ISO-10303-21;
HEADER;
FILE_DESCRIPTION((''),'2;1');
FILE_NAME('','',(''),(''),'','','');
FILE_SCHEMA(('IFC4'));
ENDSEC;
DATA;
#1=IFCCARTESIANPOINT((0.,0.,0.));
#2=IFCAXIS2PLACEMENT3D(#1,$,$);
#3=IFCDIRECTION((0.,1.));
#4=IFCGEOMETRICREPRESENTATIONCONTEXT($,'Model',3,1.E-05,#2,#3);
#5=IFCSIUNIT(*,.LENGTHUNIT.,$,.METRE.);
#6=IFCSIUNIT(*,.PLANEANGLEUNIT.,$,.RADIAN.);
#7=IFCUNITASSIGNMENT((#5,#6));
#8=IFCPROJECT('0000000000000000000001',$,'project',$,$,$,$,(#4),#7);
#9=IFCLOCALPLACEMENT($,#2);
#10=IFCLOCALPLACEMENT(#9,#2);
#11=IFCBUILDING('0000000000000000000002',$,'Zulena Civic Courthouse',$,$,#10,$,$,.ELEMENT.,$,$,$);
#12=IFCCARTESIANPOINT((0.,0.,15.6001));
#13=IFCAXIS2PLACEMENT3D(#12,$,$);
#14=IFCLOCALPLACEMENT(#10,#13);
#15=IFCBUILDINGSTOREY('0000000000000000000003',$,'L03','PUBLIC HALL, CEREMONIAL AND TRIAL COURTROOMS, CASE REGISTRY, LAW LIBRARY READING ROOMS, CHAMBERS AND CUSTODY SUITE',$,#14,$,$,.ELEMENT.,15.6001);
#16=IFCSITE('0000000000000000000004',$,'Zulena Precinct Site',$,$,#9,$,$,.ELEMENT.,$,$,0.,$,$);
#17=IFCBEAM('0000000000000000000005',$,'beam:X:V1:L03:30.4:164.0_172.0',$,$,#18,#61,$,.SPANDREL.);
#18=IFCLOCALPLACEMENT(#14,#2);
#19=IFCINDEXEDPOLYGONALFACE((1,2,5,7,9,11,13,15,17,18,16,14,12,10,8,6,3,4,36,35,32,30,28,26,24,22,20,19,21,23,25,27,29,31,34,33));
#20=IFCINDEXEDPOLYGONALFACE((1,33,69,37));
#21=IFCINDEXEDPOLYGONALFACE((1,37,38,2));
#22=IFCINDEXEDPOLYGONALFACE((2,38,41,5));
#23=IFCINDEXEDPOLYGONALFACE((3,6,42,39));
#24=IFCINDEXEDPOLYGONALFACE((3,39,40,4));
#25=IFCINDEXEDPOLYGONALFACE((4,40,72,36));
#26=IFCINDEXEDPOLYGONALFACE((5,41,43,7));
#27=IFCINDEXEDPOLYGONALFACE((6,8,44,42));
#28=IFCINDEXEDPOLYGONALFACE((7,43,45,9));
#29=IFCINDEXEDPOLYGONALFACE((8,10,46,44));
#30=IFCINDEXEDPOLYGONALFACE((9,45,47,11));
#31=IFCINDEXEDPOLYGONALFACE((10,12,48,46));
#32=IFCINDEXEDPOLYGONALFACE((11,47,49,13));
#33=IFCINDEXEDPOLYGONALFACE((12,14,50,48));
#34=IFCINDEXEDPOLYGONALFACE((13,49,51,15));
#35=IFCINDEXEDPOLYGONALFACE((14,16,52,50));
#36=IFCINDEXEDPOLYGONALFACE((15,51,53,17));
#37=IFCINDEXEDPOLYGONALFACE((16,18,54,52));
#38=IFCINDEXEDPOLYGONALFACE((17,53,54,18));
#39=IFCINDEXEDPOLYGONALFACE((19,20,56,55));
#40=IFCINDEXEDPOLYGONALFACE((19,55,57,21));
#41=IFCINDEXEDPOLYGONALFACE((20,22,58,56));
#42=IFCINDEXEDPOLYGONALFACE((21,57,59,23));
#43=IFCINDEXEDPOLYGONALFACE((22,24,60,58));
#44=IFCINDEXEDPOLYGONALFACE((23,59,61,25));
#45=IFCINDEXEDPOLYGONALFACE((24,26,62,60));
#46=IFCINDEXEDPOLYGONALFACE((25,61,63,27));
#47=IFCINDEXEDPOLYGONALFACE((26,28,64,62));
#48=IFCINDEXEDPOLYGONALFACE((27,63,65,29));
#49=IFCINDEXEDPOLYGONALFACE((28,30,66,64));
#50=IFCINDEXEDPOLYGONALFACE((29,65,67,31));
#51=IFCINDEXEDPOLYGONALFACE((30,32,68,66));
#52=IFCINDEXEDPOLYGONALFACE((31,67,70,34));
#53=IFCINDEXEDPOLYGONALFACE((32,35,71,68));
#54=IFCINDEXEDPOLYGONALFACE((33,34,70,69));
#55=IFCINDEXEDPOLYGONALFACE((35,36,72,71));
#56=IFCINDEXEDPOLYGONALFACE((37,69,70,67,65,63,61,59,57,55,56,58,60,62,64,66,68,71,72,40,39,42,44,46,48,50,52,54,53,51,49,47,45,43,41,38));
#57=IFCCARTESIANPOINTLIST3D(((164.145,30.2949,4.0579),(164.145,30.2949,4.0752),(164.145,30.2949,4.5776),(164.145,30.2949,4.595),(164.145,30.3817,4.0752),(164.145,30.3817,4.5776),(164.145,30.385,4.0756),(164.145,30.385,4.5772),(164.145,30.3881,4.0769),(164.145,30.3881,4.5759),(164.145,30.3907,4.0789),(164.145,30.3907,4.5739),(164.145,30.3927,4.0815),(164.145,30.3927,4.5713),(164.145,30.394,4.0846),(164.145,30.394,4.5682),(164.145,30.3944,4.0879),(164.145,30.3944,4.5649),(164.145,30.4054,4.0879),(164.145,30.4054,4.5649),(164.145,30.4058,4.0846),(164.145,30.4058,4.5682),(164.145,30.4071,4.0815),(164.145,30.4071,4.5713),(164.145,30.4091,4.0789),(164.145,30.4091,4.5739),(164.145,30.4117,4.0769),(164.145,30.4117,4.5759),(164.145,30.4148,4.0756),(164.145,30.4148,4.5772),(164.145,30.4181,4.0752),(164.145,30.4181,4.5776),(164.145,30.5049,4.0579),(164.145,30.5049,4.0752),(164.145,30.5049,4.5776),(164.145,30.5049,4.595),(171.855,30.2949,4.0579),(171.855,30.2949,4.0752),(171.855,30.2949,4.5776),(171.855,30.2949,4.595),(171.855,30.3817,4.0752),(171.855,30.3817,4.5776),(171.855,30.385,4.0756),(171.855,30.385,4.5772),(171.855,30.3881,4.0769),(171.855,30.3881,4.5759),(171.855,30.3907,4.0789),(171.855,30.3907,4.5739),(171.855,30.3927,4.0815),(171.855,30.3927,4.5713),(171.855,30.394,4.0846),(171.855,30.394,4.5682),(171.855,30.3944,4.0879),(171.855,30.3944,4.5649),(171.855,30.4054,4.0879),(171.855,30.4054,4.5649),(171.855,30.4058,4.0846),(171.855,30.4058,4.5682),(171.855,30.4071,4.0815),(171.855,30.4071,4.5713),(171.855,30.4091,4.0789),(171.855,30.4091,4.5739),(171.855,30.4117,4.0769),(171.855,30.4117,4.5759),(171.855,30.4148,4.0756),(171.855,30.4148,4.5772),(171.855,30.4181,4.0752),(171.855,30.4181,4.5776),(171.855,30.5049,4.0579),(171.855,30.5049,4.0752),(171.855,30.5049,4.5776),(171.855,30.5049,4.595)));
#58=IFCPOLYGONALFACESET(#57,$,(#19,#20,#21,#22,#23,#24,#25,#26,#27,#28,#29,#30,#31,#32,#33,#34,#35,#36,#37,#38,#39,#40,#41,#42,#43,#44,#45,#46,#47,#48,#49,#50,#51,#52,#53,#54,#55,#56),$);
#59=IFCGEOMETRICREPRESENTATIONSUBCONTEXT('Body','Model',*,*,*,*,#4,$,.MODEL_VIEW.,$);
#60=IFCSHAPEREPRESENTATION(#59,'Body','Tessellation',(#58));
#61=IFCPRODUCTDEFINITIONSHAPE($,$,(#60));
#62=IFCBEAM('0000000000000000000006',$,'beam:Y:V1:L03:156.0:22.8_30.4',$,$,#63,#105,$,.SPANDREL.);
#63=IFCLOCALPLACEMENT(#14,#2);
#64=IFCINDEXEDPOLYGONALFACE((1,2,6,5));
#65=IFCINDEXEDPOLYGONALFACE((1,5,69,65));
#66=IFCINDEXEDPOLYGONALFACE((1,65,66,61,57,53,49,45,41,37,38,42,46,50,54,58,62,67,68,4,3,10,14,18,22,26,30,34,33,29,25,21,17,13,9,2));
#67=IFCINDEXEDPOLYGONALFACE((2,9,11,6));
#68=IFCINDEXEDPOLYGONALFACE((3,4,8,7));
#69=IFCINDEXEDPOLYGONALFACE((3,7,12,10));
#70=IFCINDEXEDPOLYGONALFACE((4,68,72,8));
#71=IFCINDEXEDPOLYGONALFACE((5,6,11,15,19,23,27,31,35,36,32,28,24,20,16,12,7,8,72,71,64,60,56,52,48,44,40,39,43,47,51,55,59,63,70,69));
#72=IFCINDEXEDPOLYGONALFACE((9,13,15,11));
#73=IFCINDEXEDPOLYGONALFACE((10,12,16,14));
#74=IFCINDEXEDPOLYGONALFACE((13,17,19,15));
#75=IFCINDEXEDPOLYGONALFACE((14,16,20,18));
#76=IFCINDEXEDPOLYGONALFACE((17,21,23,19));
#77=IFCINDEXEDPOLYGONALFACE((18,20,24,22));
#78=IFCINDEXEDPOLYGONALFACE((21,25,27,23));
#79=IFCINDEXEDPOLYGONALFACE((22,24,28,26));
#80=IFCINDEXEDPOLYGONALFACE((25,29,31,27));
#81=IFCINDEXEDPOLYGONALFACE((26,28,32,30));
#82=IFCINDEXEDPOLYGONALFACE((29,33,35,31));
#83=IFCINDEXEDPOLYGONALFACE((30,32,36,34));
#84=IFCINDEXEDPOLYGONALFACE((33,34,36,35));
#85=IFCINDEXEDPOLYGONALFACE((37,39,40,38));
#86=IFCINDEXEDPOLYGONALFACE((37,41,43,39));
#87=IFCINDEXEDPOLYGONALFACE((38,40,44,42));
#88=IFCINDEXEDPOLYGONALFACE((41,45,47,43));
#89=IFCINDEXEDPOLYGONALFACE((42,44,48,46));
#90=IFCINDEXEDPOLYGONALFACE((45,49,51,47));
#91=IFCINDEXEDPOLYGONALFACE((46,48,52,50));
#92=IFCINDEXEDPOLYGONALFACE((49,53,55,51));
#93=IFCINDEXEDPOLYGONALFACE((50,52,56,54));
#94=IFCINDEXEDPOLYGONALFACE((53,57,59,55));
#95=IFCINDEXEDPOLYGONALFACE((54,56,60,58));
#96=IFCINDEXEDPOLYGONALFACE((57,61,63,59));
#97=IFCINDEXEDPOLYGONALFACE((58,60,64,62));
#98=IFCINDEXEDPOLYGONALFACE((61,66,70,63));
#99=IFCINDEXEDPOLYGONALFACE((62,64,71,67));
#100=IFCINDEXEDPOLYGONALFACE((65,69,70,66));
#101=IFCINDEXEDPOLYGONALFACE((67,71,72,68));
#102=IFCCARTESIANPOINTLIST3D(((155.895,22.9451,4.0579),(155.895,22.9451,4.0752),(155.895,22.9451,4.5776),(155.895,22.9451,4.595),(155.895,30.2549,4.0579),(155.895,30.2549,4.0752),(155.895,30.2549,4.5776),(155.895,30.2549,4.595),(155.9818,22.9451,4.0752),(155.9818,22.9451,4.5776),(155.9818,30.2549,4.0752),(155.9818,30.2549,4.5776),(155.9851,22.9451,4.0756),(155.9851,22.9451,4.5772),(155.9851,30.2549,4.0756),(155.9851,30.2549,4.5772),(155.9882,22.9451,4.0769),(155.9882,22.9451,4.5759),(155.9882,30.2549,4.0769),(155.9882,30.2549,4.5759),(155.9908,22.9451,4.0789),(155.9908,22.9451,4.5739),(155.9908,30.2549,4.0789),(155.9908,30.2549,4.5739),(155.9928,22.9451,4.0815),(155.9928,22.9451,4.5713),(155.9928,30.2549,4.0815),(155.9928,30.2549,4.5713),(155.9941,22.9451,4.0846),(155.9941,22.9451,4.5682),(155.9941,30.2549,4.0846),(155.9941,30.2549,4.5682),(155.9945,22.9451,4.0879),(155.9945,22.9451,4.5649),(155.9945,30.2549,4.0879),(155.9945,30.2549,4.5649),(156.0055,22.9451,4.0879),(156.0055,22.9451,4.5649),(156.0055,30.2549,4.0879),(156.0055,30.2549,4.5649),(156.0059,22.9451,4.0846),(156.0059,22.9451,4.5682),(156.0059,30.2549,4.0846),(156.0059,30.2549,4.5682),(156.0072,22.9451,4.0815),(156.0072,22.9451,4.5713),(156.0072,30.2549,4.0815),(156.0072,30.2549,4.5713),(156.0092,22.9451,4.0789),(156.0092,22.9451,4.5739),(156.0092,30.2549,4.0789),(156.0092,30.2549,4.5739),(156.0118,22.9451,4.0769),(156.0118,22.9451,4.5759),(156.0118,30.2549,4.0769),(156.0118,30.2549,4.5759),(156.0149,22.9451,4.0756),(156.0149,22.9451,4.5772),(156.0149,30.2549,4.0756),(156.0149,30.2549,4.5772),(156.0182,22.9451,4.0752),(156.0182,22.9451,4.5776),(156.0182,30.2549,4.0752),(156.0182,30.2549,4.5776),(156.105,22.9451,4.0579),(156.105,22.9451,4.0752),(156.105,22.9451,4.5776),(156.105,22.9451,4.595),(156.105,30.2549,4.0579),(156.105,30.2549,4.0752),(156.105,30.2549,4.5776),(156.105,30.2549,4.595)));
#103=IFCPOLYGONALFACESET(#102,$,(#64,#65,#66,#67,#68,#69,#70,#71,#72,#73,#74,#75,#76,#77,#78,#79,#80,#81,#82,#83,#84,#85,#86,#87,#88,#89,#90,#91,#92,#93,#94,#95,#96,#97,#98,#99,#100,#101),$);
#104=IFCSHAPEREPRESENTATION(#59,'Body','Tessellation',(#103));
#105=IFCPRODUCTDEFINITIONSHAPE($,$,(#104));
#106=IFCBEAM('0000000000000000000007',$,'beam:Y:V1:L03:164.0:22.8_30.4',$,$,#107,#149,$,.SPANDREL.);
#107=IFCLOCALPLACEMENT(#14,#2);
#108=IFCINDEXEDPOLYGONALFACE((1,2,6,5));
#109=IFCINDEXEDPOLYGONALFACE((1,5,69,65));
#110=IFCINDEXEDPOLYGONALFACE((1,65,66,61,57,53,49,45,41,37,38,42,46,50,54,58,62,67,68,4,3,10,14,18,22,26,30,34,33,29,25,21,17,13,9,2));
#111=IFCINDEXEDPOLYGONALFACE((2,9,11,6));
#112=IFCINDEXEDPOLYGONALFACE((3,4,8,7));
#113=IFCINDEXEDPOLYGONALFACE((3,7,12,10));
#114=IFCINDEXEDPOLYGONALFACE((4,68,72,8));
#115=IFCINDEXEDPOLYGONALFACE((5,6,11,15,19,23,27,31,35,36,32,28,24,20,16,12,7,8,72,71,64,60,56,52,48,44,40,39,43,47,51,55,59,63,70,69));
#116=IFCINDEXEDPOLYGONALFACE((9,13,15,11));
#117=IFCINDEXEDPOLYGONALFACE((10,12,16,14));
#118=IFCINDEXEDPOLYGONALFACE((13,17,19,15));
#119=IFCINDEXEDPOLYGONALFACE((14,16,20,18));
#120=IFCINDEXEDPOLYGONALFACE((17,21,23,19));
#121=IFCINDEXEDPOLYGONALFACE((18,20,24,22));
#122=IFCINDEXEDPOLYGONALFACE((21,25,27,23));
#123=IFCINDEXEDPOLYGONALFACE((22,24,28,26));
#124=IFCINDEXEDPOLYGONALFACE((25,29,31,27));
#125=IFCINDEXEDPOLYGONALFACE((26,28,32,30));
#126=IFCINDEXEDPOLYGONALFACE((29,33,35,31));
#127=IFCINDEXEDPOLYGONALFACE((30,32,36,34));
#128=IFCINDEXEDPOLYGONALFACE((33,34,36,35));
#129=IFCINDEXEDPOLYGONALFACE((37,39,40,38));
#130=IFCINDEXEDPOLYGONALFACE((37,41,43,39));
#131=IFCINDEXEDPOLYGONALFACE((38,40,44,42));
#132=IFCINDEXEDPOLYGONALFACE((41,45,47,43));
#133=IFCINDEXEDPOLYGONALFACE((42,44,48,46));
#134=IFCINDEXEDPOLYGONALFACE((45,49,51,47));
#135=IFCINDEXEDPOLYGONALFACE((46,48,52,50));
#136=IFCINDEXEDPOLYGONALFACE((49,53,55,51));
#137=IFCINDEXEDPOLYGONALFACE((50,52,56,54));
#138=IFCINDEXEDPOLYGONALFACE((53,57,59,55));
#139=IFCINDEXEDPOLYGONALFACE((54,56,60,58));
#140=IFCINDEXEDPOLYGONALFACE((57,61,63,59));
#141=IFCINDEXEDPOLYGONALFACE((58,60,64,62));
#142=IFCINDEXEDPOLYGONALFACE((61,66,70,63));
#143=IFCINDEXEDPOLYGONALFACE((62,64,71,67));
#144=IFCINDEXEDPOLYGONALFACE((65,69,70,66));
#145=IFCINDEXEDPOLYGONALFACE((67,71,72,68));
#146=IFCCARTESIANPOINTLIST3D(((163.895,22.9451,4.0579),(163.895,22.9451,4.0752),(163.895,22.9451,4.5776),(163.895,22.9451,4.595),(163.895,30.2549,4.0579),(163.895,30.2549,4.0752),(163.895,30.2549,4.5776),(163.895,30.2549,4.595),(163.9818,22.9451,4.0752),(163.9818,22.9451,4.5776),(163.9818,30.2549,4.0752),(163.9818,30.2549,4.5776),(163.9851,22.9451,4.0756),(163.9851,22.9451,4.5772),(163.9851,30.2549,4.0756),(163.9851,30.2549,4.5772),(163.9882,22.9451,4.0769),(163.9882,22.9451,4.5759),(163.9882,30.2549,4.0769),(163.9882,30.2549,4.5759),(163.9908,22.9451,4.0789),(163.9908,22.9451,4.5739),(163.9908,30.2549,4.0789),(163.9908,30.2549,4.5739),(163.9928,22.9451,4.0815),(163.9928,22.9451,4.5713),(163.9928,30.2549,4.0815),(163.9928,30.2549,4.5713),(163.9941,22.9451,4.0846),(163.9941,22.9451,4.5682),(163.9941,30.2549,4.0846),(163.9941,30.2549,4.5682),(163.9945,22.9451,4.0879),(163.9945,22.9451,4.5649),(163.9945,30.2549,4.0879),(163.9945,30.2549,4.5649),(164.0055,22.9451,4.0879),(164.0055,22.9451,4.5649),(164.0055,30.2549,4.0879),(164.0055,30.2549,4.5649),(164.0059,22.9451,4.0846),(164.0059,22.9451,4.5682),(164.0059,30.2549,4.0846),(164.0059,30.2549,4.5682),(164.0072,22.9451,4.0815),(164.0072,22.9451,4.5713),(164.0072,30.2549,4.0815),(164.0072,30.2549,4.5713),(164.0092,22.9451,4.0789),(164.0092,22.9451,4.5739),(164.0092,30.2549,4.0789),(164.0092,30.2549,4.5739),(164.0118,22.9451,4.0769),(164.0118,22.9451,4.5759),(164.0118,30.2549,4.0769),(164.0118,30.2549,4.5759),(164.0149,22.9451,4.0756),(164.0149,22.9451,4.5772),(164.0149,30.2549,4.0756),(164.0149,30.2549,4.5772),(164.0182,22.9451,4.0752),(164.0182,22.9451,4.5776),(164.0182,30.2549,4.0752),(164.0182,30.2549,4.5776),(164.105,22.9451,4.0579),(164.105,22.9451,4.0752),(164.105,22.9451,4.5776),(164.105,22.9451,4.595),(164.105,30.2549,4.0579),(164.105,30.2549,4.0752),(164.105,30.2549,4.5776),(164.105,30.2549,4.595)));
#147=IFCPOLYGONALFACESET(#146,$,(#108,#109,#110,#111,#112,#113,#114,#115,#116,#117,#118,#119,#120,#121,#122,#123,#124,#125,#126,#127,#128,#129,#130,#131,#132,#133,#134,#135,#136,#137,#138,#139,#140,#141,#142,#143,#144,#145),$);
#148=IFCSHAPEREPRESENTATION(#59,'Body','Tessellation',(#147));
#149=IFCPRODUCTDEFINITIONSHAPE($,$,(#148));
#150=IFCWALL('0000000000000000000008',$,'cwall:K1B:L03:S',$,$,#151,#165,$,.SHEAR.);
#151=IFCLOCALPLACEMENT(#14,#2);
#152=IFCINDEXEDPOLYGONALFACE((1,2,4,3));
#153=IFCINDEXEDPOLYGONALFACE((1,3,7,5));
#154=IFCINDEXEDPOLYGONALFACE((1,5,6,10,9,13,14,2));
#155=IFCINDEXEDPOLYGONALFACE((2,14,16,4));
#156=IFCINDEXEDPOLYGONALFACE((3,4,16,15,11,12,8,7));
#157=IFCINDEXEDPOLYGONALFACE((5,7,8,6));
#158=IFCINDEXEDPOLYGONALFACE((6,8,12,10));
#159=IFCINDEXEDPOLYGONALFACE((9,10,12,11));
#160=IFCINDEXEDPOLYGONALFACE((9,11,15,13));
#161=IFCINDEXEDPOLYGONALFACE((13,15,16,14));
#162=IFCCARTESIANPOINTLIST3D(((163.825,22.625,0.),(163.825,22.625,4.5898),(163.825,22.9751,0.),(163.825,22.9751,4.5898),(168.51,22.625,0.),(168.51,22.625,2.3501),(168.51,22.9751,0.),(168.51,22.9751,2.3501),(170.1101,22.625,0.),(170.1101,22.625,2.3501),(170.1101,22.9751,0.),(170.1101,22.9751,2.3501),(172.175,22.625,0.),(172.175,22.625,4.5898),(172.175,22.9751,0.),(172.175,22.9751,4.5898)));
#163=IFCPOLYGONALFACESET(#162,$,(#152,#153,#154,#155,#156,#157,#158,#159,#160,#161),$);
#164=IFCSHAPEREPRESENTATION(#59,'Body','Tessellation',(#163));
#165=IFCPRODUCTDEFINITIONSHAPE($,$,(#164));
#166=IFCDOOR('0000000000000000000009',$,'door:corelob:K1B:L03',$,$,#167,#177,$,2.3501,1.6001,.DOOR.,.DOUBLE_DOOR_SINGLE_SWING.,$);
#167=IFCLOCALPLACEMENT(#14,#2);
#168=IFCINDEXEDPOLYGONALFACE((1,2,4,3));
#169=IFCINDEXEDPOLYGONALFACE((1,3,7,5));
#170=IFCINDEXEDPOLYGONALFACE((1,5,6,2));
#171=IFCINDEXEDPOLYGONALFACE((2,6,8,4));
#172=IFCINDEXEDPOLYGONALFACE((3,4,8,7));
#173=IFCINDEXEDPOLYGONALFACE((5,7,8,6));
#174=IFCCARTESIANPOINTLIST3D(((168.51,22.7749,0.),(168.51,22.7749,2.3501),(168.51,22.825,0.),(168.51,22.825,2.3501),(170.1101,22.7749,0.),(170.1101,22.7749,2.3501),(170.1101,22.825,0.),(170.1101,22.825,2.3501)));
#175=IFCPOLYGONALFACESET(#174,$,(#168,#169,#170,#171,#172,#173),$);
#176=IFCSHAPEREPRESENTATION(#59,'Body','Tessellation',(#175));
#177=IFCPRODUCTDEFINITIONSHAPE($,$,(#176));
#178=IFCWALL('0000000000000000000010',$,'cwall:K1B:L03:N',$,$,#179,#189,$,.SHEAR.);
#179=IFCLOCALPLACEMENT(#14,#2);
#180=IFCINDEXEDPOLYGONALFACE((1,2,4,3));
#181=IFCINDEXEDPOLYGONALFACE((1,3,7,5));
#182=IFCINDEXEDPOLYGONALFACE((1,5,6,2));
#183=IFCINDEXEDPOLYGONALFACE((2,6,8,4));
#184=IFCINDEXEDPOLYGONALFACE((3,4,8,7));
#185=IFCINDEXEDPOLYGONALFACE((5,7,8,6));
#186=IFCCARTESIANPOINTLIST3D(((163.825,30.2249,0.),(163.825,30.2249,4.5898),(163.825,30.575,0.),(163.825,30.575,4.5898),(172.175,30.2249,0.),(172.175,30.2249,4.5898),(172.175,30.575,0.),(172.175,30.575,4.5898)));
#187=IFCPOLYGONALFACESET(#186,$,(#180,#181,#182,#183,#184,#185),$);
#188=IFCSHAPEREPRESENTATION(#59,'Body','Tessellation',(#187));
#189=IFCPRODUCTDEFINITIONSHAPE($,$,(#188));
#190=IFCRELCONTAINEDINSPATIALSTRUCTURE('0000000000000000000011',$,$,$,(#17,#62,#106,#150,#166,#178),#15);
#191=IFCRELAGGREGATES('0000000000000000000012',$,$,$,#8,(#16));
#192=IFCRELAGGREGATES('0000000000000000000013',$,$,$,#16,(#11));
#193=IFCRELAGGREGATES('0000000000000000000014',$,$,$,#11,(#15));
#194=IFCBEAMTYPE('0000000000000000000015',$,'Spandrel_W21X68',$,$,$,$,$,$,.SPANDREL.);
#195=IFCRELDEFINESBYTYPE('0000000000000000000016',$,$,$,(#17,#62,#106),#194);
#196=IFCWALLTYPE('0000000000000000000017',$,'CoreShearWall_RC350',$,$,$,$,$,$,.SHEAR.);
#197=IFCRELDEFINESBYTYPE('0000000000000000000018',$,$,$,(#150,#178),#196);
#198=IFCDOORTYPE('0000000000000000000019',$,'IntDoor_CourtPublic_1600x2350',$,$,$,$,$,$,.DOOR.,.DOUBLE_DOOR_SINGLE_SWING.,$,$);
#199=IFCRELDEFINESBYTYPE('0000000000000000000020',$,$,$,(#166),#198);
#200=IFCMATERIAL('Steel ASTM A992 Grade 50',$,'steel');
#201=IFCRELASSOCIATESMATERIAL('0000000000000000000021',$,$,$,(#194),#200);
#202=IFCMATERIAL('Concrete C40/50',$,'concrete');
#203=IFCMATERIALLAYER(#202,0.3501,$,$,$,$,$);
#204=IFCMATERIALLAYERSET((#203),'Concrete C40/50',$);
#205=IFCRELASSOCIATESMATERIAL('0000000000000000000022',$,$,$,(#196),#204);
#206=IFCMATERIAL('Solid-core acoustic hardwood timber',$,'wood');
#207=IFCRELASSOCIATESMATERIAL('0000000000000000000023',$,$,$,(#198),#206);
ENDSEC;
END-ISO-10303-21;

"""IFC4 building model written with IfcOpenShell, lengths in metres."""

from ifc_helpers import new_model, si_unit, direction, frame, frame_2d, origin, origin_2d, place, context, subcontext, project, spatial, rectangle, i_section, extrude, material, layer, layer_set, material_profile, profile_set, type_object, element, fill, save


model = new_model("IFC4")

# Units and contexts
model_context = context("Model", 3, precision=1e-05, world=origin(), true_north=direction((0.0, 1.0)))
body_context = subcontext(model_context, "Body", "Model", "MODEL_VIEW")
ifc_project = project(units=[si_unit("LENGTHUNIT", "METRE"), si_unit("PLANEANGLEUNIT", "RADIAN")], contexts=[model_context])

# Site, building, storey
site_placement = place(None, origin())
site = spatial("IfcSite", under=ifc_project, at=site_placement, Name="Zulena Precinct Site", CompositionType="ELEMENT", RefElevation=0.0)
building_placement = place(site_placement, origin())
building = spatial("IfcBuilding", under=site, at=building_placement, Name="Zulena Civic Courthouse", CompositionType="ELEMENT")
storey_placement = place(building_placement, frame((0.0, 0.0, 15.6001)))
storey = spatial("IfcBuildingStorey", under=building, at=storey_placement, Name="L03", Description="PUBLIC HALL, CEREMONIAL AND TRIAL COURTROOMS, CASE REGISTRY, LAW LIBRARY READING ROOMS, CHAMBERS AND CUSTODY SUITE", CompositionType="ELEMENT", Elevation=15.6001)

# Shared definitions
ifc_material_1 = material(Name="Steel ASTM A992 Grade 50", Category="steel")

# Beams
ifc_material_profile_1 = material_profile(ifc_material_1, i_section(OverallWidth=0.21, OverallDepth=0.5371, WebThickness=0.011, FlangeThickness=0.0173, FilletRadius=0.0127, at=origin_2d()), Name="W21X68")
ifc_profile_set_1 = profile_set([ifc_material_profile_1], Name="Steel ASTM A992 Grade 50")
beam_type_1 = type_object("IfcBeamType", Name="Spandrel_W21X68", PredefinedType="SPANDREL", material=ifc_profile_set_1)
for number, where, z_axis, x_axis, name in (
    (1, (164.145, 30.3999, 4.3264), (1.0, 0.0, 0.0), (0.0, 1.0, 0.0), "beam:X:V1:L03:30.4:164.0_172.0"),
):
    element("IfcBeam", number, at=place(storey_placement, frame(where, z_axis=z_axis, x_axis=x_axis)), inside=storey, type_object=beam_type_1, Name=name, PredefinedType="SPANDREL", context=body_context, shape_type="SweptSolid", body=[
        extrude(i_section(OverallWidth=0.21, OverallDepth=0.5371, WebThickness=0.011, FlangeThickness=0.0173, FilletRadius=0.0127, at=origin_2d()), origin(), (0.0, 0.0, 1.0), 7.71),
    ])
for number, where, z_axis, x_axis, name in (
    (2, (156.0, 22.9451, 4.3264), (0.0, 1.0, 0.0), (-1.0, 0.0, 0.0), "beam:Y:V1:L03:156.0:22.8_30.4"),
    (3, (164.0, 22.9451, 4.3264), (0.0, 1.0, 0.0), (-1.0, 0.0, 0.0), "beam:Y:V1:L03:164.0:22.8_30.4"),
):
    element("IfcBeam", number, at=place(storey_placement, frame(where, z_axis=z_axis, x_axis=x_axis)), inside=storey, type_object=beam_type_1, Name=name, PredefinedType="SPANDREL", context=body_context, shape_type="SweptSolid", body=[
        extrude(i_section(OverallWidth=0.21, OverallDepth=0.5371, WebThickness=0.011, FlangeThickness=0.0173, FilletRadius=0.0127, at=origin_2d()), origin(), (0.0, 0.0, 1.0), 7.3098),
    ])

# Wall, opening, door
ifc_material_2 = material(Name="Concrete C40/50", Category="concrete")
ifc_layer_1 = layer(ifc_material_2, 0.3501)
ifc_layer_set_1 = layer_set([ifc_layer_1], Name="Concrete C40/50")
wall_type_1 = type_object("IfcWallType", Name="CoreShearWall_RC350", PredefinedType="SHEAR", material=ifc_layer_set_1)
wall_1_placement = place(storey_placement, frame((163.825, 22.8, 0.0), z_axis=(0.0, 0.0, 1.0), x_axis=(1.0, 0.0, 0.0)))
wall_1 = element("IfcWall", 4, at=wall_1_placement, inside=storey, type_object=wall_type_1, Name="cwall:K1B:L03:S", PredefinedType="SHEAR", context=body_context, shape_type="SweptSolid", body=[
    extrude(rectangle(XDim=8.3501, YDim=0.3501, at=frame_2d((4.175, 0.0))), origin(), (0.0, 0.0, 1.0), 4.5898),
])
opening_1_placement = place(wall_1_placement, frame((4.6851, 0.0, 0.0)))
opening_1 = element("IfcOpeningElement", 5, at=opening_1_placement, cuts=wall_1, PredefinedType="OPENING", context=body_context, shape_type="SweptSolid", body=[
    extrude(rectangle(XDim=1.6001, YDim=2.3501, at=frame_2d((0.8, 1.175))), frame((0.0, 0.1851, 0.0), z_axis=(0.0, -1.0, 0.0), x_axis=(1.0, 0.0, 0.0)), (0.0, 0.0, 1.0), 0.3701),
])
ifc_material_3 = material(Name="Solid-core acoustic hardwood timber", Category="wood")
door_type_1 = type_object("IfcDoorType", Name="IntDoor_CourtPublic_1600x2350", OperationType="DOUBLE_DOOR_SINGLE_SWING", PredefinedType="DOOR", material=ifc_material_3)
door_1_placement = place(opening_1_placement, origin())
door_1 = element("IfcDoor", 6, at=door_1_placement, inside=storey, type_object=door_type_1, Name="door:corelob:K1B:L03", OperationType="DOUBLE_DOOR_SINGLE_SWING", OverallHeight=2.3501, OverallWidth=1.6001, PredefinedType="DOOR", context=body_context, shape_type="SweptSolid", body=[
    extrude(rectangle(XDim=1.6001, YDim=2.3501, at=frame_2d((0.8, 1.175))), frame((0.0, 0.0249, 0.0), z_axis=(0.0, -1.0, 0.0), x_axis=(1.0, 0.0, 0.0)), (0.0, 0.0, 1.0), 0.05),
])
fill(opening_1, door_1)

# Wall
wall_2_placement = place(storey_placement, frame((163.825, 30.3999, 0.0), z_axis=(0.0, 0.0, 1.0), x_axis=(1.0, 0.0, 0.0)))
element("IfcWall", 7, at=wall_2_placement, inside=storey, type_object=wall_type_1, Name="cwall:K1B:L03:N", PredefinedType="SHEAR", context=body_context, shape_type="SweptSolid", body=[
    extrude(rectangle(XDim=8.3501, YDim=0.3501, at=frame_2d((4.175, 0.0))), origin(), (0.0, 0.0, 1.0), 4.5898),
])

save(model, "model.ifc")
